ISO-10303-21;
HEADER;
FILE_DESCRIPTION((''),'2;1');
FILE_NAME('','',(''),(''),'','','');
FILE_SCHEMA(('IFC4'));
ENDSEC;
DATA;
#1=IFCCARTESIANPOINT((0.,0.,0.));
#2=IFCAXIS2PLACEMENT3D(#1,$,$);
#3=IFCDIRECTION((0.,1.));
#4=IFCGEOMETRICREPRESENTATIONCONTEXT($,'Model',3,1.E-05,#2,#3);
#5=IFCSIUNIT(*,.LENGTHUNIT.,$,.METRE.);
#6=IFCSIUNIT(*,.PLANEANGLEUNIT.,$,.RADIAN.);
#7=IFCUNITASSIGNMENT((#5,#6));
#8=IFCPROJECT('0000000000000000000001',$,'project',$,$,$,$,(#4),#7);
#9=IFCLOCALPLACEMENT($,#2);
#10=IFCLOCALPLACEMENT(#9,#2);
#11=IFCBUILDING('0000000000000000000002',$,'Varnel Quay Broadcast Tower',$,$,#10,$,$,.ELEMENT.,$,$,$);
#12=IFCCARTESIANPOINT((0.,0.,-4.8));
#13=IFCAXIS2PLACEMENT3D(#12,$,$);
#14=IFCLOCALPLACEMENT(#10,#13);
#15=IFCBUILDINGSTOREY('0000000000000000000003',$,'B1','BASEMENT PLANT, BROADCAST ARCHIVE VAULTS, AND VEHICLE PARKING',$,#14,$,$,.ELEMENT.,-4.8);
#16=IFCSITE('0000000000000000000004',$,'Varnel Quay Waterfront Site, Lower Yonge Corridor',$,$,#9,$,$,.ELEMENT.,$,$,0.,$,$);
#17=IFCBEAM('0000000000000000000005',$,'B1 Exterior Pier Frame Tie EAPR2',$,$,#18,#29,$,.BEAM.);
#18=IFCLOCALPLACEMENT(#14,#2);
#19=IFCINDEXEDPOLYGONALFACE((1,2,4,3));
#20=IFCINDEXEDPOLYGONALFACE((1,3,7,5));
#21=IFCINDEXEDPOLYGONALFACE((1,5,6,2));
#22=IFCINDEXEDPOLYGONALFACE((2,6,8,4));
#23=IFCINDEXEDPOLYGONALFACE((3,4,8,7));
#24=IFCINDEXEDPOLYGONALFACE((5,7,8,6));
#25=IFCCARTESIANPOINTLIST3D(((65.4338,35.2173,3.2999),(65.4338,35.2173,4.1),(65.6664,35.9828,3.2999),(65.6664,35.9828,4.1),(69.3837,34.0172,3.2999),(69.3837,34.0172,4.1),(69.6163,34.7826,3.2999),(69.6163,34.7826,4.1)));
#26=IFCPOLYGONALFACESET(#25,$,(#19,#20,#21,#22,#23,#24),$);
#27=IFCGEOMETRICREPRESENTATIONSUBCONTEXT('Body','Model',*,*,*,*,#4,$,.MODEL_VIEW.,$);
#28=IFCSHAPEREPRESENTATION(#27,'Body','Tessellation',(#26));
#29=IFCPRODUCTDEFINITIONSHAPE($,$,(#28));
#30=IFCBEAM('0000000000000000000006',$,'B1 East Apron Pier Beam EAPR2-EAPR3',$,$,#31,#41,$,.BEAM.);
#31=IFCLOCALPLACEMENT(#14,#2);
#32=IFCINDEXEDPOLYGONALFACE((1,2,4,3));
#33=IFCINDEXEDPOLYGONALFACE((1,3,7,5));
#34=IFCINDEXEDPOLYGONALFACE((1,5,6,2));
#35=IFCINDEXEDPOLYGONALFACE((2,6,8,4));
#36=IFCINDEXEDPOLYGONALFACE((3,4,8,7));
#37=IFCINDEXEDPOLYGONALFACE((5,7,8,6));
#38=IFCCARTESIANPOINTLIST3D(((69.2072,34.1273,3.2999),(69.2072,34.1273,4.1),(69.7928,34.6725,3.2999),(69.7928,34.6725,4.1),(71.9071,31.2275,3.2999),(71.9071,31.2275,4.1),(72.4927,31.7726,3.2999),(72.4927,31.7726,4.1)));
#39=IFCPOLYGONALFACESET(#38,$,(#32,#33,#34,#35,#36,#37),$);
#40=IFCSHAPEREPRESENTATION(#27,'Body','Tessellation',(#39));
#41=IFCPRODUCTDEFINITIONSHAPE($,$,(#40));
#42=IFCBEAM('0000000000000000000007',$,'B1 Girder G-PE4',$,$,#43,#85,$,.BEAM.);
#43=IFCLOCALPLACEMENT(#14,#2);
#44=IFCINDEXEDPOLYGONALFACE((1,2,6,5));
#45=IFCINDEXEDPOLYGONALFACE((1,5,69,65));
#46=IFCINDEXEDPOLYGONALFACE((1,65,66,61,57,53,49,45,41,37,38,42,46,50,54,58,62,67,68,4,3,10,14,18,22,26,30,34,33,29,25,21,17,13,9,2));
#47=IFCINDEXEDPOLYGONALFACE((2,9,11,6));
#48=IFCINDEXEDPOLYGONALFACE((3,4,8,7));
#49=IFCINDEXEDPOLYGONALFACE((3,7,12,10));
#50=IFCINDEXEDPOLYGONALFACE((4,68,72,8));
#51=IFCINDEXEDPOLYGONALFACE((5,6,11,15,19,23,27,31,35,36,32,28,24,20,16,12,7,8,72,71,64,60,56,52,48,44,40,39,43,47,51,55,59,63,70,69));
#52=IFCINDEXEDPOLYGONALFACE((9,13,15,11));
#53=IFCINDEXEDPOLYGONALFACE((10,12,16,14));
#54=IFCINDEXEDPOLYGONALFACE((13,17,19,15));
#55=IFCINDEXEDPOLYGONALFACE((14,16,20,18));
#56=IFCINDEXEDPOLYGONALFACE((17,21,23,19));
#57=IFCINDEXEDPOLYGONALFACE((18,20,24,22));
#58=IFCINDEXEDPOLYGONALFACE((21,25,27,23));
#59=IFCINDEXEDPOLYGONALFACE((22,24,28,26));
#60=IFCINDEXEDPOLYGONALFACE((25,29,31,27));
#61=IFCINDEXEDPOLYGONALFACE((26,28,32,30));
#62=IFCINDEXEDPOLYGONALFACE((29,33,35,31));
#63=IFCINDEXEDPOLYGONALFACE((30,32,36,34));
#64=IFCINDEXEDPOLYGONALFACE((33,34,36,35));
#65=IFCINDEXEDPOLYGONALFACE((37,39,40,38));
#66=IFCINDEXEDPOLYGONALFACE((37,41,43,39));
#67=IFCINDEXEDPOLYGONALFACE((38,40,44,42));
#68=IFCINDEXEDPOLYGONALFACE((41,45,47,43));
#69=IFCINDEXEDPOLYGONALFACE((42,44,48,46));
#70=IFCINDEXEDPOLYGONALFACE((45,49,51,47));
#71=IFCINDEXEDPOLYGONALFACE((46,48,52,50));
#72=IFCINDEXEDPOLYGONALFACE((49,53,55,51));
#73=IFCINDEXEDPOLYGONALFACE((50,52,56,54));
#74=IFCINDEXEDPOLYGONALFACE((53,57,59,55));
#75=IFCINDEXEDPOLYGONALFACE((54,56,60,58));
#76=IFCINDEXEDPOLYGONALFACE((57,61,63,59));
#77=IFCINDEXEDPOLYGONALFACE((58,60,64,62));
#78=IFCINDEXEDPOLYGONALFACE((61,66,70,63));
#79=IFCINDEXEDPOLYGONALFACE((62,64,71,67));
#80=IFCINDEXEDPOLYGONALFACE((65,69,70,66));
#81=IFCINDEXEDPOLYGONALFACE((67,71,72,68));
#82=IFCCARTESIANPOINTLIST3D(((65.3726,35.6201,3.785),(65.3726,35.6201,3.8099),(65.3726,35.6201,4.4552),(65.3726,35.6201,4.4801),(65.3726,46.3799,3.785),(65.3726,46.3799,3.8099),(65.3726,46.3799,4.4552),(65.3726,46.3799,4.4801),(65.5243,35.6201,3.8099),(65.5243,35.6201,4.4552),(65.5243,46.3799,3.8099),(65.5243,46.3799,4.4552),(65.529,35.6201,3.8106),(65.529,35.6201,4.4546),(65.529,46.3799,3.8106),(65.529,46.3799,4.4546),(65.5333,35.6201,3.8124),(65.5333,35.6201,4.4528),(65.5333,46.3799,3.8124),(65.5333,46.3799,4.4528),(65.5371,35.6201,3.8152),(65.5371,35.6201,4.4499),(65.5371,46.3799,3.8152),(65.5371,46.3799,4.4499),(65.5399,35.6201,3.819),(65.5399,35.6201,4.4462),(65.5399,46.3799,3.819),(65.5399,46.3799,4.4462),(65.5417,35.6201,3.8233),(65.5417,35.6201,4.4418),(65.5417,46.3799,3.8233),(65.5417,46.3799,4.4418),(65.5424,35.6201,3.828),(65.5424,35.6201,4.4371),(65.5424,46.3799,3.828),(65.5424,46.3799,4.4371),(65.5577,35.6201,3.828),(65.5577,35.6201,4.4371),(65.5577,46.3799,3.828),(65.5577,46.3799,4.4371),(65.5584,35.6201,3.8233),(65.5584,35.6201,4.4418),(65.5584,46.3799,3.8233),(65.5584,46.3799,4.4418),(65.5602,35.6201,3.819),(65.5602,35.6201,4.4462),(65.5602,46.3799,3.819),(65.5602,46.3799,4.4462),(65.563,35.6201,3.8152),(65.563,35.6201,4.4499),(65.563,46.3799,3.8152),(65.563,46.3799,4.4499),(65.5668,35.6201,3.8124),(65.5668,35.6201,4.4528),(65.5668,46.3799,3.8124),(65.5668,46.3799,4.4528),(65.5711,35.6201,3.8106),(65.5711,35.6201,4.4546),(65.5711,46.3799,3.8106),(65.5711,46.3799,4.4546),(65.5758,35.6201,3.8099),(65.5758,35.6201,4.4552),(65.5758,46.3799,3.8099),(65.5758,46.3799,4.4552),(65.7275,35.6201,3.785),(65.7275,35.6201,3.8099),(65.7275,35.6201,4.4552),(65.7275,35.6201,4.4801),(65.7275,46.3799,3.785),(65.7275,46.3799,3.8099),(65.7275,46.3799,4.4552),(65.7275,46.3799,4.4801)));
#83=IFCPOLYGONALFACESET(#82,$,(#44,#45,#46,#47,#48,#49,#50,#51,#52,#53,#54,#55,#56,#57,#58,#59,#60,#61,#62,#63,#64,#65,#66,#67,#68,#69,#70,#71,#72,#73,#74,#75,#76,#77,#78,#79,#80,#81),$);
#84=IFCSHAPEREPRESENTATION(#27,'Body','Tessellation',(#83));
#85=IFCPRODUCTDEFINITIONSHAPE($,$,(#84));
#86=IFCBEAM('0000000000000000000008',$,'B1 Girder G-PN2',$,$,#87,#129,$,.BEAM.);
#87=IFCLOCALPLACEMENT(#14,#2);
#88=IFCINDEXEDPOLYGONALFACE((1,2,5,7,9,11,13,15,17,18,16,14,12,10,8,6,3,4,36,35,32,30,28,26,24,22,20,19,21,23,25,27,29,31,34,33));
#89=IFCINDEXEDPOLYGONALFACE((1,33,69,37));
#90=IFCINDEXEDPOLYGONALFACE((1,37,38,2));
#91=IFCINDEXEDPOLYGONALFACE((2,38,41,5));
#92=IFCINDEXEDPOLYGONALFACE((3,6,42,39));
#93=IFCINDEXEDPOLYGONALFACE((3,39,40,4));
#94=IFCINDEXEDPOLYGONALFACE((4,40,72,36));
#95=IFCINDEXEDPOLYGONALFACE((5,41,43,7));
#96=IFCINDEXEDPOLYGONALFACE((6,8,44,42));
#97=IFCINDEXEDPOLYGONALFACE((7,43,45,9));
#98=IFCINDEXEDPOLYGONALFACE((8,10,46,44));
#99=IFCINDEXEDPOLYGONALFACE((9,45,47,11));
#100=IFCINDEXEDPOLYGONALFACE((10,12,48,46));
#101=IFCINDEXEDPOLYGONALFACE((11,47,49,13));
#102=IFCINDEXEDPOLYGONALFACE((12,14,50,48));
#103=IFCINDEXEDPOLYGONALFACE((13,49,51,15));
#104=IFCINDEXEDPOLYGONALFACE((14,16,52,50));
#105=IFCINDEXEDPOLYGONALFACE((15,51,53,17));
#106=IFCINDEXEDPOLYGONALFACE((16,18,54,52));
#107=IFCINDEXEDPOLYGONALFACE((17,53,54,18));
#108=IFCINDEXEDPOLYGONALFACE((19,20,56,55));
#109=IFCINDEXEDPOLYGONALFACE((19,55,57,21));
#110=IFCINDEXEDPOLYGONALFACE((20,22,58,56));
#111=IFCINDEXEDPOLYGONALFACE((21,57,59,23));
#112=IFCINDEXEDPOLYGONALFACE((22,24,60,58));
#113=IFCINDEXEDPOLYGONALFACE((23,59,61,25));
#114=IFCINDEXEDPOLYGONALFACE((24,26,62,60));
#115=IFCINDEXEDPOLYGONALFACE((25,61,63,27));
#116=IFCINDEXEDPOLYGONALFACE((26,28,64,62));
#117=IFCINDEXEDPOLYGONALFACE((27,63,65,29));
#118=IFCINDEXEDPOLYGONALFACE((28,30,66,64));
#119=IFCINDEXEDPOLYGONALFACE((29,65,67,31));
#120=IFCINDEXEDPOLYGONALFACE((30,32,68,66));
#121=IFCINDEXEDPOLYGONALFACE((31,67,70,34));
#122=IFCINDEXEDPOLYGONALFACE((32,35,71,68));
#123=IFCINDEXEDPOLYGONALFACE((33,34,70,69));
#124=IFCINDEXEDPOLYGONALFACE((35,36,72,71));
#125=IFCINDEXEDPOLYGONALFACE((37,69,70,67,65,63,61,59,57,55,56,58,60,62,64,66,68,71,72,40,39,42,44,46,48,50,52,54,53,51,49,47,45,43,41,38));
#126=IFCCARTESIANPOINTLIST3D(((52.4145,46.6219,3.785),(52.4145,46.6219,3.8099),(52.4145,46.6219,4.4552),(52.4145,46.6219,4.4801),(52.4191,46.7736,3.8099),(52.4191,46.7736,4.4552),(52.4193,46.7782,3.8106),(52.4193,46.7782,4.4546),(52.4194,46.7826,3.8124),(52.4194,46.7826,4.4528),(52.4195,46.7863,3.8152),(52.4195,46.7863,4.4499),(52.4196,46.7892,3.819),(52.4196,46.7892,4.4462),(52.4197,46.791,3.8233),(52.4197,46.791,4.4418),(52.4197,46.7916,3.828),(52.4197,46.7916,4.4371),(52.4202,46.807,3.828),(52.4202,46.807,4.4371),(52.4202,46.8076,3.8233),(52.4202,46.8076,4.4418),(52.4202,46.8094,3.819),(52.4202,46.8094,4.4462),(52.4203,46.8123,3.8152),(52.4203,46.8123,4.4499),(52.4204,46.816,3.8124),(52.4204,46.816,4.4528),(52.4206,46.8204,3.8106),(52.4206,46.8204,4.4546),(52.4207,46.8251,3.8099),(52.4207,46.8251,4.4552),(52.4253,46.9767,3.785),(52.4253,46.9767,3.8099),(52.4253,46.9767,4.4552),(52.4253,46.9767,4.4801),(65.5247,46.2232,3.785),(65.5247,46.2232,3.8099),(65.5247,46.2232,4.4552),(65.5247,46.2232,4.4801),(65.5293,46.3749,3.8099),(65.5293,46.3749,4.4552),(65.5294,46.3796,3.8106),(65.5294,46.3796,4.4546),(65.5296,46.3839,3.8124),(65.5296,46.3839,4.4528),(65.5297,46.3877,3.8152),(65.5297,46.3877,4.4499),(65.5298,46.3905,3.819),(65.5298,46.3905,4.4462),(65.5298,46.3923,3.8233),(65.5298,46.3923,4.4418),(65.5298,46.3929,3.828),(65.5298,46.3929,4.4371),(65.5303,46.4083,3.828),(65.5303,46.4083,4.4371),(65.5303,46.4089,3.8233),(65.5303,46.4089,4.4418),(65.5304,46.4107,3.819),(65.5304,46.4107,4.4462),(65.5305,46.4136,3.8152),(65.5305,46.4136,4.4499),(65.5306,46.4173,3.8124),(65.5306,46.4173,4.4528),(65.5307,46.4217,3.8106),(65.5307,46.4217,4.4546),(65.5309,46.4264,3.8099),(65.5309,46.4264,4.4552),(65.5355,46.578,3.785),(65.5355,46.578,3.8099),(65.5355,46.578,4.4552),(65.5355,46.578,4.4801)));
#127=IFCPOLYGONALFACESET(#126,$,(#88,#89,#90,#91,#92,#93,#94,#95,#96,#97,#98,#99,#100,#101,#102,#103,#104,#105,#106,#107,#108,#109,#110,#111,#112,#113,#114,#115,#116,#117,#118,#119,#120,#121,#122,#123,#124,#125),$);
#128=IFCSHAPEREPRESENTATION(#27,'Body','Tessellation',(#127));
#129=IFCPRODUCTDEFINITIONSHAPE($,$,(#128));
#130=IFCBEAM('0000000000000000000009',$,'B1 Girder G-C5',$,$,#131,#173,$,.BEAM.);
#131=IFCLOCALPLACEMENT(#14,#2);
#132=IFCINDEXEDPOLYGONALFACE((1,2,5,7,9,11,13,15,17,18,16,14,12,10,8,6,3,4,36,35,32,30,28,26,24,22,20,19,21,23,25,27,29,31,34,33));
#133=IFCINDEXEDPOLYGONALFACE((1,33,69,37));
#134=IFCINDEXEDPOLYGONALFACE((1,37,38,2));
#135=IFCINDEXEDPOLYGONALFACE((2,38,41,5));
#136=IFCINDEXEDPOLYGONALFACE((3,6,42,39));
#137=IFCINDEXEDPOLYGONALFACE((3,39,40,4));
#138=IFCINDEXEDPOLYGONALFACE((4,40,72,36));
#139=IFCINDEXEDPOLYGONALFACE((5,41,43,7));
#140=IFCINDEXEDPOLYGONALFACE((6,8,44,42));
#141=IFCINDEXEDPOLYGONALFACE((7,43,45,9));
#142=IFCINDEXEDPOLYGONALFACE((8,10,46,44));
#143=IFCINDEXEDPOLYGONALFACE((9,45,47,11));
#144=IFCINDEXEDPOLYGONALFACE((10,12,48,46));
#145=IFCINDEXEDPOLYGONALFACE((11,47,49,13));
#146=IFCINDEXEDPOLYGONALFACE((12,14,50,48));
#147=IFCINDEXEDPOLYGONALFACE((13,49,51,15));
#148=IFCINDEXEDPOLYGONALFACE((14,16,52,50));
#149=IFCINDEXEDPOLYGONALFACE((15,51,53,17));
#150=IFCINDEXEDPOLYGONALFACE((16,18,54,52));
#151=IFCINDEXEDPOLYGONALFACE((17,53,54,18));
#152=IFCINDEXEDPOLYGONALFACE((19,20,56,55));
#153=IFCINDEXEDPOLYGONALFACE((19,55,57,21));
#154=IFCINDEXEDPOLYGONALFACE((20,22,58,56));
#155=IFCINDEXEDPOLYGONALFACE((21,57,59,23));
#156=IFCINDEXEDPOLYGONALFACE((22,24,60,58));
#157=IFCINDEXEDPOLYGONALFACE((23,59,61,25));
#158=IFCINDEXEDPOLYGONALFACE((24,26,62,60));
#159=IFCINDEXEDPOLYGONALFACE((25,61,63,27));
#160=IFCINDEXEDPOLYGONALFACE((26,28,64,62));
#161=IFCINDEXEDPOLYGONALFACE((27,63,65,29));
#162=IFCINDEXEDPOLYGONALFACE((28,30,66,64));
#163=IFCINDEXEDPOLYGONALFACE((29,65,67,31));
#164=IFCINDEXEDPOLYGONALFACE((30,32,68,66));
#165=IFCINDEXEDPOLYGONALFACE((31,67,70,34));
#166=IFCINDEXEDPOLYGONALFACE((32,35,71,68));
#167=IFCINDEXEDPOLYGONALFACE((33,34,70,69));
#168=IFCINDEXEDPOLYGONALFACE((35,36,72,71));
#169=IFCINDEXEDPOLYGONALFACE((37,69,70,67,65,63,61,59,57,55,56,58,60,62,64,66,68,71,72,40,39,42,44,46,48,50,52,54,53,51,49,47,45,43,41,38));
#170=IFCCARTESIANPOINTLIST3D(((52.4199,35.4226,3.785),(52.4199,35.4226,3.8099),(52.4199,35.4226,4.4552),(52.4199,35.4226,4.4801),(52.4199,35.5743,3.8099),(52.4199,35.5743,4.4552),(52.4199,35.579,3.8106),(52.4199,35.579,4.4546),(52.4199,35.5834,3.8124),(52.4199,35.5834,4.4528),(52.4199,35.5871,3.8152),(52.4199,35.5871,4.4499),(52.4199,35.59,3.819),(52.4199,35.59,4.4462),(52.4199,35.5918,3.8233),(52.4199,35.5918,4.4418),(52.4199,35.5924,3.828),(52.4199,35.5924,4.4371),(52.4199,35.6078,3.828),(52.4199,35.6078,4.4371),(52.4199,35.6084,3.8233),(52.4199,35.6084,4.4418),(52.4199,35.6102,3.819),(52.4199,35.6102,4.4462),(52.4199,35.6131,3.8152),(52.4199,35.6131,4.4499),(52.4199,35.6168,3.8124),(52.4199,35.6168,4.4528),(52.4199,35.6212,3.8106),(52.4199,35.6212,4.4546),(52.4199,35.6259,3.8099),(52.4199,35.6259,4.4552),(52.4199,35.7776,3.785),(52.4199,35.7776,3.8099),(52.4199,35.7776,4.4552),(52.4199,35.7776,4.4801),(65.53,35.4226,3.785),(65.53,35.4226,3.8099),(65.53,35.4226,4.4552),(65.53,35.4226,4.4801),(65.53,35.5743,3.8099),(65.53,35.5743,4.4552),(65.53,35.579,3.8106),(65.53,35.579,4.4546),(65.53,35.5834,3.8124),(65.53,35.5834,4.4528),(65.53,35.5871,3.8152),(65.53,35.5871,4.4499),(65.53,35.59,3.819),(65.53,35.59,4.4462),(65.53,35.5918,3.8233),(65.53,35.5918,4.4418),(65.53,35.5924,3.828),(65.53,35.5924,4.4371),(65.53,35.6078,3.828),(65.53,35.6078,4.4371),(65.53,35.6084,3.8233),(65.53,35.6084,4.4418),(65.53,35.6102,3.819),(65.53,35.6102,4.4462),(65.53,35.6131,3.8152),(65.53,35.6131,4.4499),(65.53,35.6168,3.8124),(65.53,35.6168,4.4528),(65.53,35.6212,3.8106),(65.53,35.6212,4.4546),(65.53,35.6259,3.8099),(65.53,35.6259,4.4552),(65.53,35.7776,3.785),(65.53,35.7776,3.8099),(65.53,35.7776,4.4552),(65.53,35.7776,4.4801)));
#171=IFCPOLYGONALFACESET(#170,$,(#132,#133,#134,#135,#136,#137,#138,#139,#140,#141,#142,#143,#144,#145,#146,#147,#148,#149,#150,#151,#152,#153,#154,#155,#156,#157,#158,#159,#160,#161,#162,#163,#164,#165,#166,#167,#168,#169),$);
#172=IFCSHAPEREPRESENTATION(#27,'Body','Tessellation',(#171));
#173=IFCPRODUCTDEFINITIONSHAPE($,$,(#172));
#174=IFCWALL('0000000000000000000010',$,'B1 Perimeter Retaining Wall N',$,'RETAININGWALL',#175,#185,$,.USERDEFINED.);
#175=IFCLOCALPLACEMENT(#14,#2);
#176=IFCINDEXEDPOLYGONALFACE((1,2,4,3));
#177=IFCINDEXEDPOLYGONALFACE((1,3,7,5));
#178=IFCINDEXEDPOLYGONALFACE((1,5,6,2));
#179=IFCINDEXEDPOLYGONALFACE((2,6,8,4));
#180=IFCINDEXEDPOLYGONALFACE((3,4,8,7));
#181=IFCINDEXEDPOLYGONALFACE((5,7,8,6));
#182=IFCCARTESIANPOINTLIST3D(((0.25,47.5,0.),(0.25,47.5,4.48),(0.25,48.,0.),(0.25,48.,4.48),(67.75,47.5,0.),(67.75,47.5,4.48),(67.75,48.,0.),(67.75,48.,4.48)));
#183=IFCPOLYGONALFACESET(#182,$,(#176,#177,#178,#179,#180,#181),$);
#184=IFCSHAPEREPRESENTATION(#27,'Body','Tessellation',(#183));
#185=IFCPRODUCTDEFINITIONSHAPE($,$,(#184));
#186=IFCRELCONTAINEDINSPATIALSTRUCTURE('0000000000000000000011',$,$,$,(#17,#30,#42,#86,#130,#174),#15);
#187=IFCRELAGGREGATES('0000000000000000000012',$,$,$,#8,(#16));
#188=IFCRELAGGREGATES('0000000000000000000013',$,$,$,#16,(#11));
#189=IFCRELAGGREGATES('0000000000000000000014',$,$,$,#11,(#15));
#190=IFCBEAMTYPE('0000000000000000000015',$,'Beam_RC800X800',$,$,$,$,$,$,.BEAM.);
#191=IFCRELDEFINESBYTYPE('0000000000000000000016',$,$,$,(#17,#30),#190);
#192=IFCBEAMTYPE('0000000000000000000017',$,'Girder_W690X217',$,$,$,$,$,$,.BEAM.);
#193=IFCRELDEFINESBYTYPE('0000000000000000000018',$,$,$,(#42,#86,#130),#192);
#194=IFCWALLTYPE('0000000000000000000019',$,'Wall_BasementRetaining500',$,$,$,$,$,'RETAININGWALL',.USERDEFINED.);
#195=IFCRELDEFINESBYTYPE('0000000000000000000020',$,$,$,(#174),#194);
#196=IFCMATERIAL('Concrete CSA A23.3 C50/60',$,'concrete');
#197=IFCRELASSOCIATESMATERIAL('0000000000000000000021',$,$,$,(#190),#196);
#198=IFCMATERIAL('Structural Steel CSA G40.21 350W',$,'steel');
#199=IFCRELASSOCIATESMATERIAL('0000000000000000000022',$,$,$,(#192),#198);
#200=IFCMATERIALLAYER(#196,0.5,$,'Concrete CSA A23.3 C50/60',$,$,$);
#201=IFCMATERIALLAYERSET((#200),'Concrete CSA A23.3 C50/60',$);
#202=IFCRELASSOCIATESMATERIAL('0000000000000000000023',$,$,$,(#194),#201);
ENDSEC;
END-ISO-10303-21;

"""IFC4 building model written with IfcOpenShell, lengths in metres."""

from ifc_helpers import new_model, si_unit, direction, frame, frame_2d, origin, origin_2d, place, context, subcontext, project, spatial, rectangle, i_section, extrude, source, transform, mapped, material, layer, layer_set, material_profile, profile_set, type_object, type_shapes, element, save


model = new_model("IFC4")

# Units and contexts
model_context = context("Model", 3, precision=1e-05, world=origin(), true_north=direction((0.0, 1.0)))
body_context = subcontext(model_context, "Body", "Model", "MODEL_VIEW")
ifc_project = project(units=[si_unit("LENGTHUNIT", "METRE"), si_unit("PLANEANGLEUNIT", "RADIAN")], contexts=[model_context])

# Site, building, storey
site_placement = place(None, origin())
site = spatial("IfcSite", under=ifc_project, at=site_placement, Name="Varnel Quay Waterfront Site, Lower Yonge Corridor", CompositionType="ELEMENT", RefElevation=0.0)
building_placement = place(site_placement, origin())
building = spatial("IfcBuilding", under=site, at=building_placement, Name="Varnel Quay Broadcast Tower", CompositionType="ELEMENT")
storey_placement = place(building_placement, frame((0.0, 0.0, -4.8)))
storey = spatial("IfcBuildingStorey", under=building, at=storey_placement, Name="B1", Description="BASEMENT PLANT, BROADCAST ARCHIVE VAULTS, AND VEHICLE PARKING", CompositionType="ELEMENT", Elevation=-4.8)

# Shared definitions
ifc_material_1 = material(Name="Concrete CSA A23.3 C50/60", Category="concrete")

# Beams
ifc_material_profile_1 = material_profile(ifc_material_1, rectangle(XDim=0.8, YDim=0.8, at=origin_2d()), Name="RC800X800")
ifc_profile_set_1 = profile_set([ifc_material_profile_1], Name="Concrete CSA A23.3 C50/60")
beam_type_1 = type_object("IfcBeamType", Name="Beam_RC800X800", PredefinedType="BEAM", material=ifc_profile_set_1)
shared_shape_1 = source(origin(), body_context, "Body", "SweptSolid", [
    extrude(rectangle(XDim=0.8, YDim=0.8, at=origin_2d()), origin(), (0.0, 0.0, 1.0), 4.1282),
])
beam_1_placement = place(storey_placement, frame((69.5, 34.3999, 3.7), z_axis=(-0.956806, 0.290726, 0.0), x_axis=(-0.290726, -0.956806, 0.0)))
element("IfcBeam", 1, at=beam_1_placement, inside=storey, type_object=beam_type_1, Name="B1 Exterior Pier Frame Tie EAPR2", PredefinedType="BEAM", context=body_context, shape_type="MappedRepresentation", body=[
    mapped(shared_shape_1, transform((0.0, 0.0, 0.0), x_axis=(1.0, 0.0, 0.0), y_axis=(0.0, 1.0, 0.0), z_axis=(0.0, 0.0, 1.0), scale=1.0)),
])
shared_shape_2 = source(origin(), body_context, "Body", "SweptSolid", [
    extrude(rectangle(XDim=0.8, YDim=0.8, at=origin_2d()), origin(), (0.0, 0.0, 1.0), 3.9622),
])
type_shapes(beam_type_1, [shared_shape_1, shared_shape_2])
beam_2_placement = place(storey_placement, frame((69.5, 34.3999, 3.7), z_axis=(0.681424, -0.731889, 0.0), x_axis=(0.731889, 0.681424, 0.0)))
element("IfcBeam", 2, at=beam_2_placement, inside=storey, type_object=beam_type_1, Name="B1 East Apron Pier Beam EAPR2-EAPR3", PredefinedType="BEAM", context=body_context, shape_type="MappedRepresentation", body=[
    mapped(shared_shape_2, transform((0.0, 0.0, 0.0), x_axis=(1.0, 0.0, 0.0), y_axis=(0.0, 1.0, 0.0), z_axis=(0.0, 0.0, 1.0), scale=1.0)),
])
ifc_material_2 = material(Name="Structural Steel CSA G40.21 350W", Category="steel")
ifc_material_profile_2 = material_profile(ifc_material_2, i_section(OverallWidth=0.355, OverallDepth=0.6951, WebThickness=0.0154, FlangeThickness=0.0249, FilletRadius=0.0181, at=origin_2d()), Name="W690X217")
ifc_profile_set_2 = profile_set([ifc_material_profile_2], Name="Structural Steel CSA G40.21 350W")
beam_type_2 = type_object("IfcBeamType", Name="Girder_W690X217", PredefinedType="BEAM", material=ifc_profile_set_2)
shared_shape_3 = source(origin(), body_context, "Body", "SweptSolid", [
    extrude(i_section(OverallWidth=0.355, OverallDepth=0.6951, WebThickness=0.0154, FlangeThickness=0.0249, FilletRadius=0.0181, at=origin_2d()), origin(), (0.0, 0.0, 1.0), 10.7598),
])
beam_3_placement = place(storey_placement, frame((65.55, 35.6201, 4.1326), z_axis=(0.0, 1.0, 0.0), x_axis=(-1.0, 0.0, 0.0)))
element("IfcBeam", 3, at=beam_3_placement, inside=storey, type_object=beam_type_2, Name="B1 Girder G-PE4", PredefinedType="BEAM", context=body_context, shape_type="MappedRepresentation", body=[
    mapped(shared_shape_3, transform((0.0, 0.0, 0.0), x_axis=(1.0, 0.0, 0.0), y_axis=(0.0, 1.0, 0.0), z_axis=(0.0, 0.0, 1.0), scale=1.0)),
])
shared_shape_4 = source(origin(), body_context, "Body", "SweptSolid", [
    extrude(i_section(OverallWidth=0.355, OverallDepth=0.6951, WebThickness=0.0154, FlangeThickness=0.0249, FilletRadius=0.0181, at=origin_2d()), origin(), (0.0, 0.0, 1.0), 13.1162),
])
beam_4_placement = place(storey_placement, frame((52.4199, 46.7993, 4.1326), z_axis=(0.999538, -0.030396, 0.0), x_axis=(0.030396, 0.999538, 0.0)))
element("IfcBeam", 4, at=beam_4_placement, inside=storey, type_object=beam_type_2, Name="B1 Girder G-PN2", PredefinedType="BEAM", context=body_context, shape_type="MappedRepresentation", body=[
    mapped(shared_shape_4, transform((0.0, 0.0, 0.0), x_axis=(1.0, 0.0, 0.0), y_axis=(0.0, 1.0, 0.0), z_axis=(0.0, 0.0, 1.0), scale=1.0)),
])
shared_shape_5 = source(origin(), body_context, "Body", "SweptSolid", [
    extrude(i_section(OverallWidth=0.355, OverallDepth=0.6951, WebThickness=0.0154, FlangeThickness=0.0249, FilletRadius=0.0181, at=origin_2d()), origin(), (0.0, 0.0, 1.0), 13.1101),
])
type_shapes(beam_type_2, [shared_shape_3, shared_shape_4, shared_shape_5])
beam_5_placement = place(storey_placement, frame((52.4199, 35.6001, 4.1326), z_axis=(1.0, 0.0, 0.0), x_axis=(0.0, 1.0, 0.0)))
element("IfcBeam", 5, at=beam_5_placement, inside=storey, type_object=beam_type_2, Name="B1 Girder G-C5", PredefinedType="BEAM", context=body_context, shape_type="MappedRepresentation", body=[
    mapped(shared_shape_5, transform((0.0, 0.0, 0.0), x_axis=(1.0, 0.0, 0.0), y_axis=(0.0, 1.0, 0.0), z_axis=(0.0, 0.0, 1.0), scale=1.0)),
])

# Wall
ifc_layer_1 = layer(ifc_material_1, 0.5, Name="Concrete CSA A23.3 C50/60")
ifc_layer_set_1 = layer_set([ifc_layer_1], Name="Concrete CSA A23.3 C50/60")
wall_type_1 = type_object("IfcWallType", Name="Wall_BasementRetaining500", ElementType="RETAININGWALL", PredefinedType="USERDEFINED", material=ifc_layer_set_1)
wall_1_placement = place(storey_placement, frame((67.75, 47.75, 0.0), z_axis=(0.0, 0.0, 1.0), x_axis=(-1.0, 0.0, 0.0)))
element("IfcWall", 6, at=wall_1_placement, inside=storey, type_object=wall_type_1, Name="B1 Perimeter Retaining Wall N", ObjectType="RETAININGWALL", PredefinedType="USERDEFINED", context=body_context, shape_type="SweptSolid", body=[
    extrude(rectangle(XDim=67.5, YDim=0.5, at=frame_2d((33.75, 0.0))), origin(), (0.0, 0.0, 1.0), 4.48),
])

save(model, "model.ifc")
